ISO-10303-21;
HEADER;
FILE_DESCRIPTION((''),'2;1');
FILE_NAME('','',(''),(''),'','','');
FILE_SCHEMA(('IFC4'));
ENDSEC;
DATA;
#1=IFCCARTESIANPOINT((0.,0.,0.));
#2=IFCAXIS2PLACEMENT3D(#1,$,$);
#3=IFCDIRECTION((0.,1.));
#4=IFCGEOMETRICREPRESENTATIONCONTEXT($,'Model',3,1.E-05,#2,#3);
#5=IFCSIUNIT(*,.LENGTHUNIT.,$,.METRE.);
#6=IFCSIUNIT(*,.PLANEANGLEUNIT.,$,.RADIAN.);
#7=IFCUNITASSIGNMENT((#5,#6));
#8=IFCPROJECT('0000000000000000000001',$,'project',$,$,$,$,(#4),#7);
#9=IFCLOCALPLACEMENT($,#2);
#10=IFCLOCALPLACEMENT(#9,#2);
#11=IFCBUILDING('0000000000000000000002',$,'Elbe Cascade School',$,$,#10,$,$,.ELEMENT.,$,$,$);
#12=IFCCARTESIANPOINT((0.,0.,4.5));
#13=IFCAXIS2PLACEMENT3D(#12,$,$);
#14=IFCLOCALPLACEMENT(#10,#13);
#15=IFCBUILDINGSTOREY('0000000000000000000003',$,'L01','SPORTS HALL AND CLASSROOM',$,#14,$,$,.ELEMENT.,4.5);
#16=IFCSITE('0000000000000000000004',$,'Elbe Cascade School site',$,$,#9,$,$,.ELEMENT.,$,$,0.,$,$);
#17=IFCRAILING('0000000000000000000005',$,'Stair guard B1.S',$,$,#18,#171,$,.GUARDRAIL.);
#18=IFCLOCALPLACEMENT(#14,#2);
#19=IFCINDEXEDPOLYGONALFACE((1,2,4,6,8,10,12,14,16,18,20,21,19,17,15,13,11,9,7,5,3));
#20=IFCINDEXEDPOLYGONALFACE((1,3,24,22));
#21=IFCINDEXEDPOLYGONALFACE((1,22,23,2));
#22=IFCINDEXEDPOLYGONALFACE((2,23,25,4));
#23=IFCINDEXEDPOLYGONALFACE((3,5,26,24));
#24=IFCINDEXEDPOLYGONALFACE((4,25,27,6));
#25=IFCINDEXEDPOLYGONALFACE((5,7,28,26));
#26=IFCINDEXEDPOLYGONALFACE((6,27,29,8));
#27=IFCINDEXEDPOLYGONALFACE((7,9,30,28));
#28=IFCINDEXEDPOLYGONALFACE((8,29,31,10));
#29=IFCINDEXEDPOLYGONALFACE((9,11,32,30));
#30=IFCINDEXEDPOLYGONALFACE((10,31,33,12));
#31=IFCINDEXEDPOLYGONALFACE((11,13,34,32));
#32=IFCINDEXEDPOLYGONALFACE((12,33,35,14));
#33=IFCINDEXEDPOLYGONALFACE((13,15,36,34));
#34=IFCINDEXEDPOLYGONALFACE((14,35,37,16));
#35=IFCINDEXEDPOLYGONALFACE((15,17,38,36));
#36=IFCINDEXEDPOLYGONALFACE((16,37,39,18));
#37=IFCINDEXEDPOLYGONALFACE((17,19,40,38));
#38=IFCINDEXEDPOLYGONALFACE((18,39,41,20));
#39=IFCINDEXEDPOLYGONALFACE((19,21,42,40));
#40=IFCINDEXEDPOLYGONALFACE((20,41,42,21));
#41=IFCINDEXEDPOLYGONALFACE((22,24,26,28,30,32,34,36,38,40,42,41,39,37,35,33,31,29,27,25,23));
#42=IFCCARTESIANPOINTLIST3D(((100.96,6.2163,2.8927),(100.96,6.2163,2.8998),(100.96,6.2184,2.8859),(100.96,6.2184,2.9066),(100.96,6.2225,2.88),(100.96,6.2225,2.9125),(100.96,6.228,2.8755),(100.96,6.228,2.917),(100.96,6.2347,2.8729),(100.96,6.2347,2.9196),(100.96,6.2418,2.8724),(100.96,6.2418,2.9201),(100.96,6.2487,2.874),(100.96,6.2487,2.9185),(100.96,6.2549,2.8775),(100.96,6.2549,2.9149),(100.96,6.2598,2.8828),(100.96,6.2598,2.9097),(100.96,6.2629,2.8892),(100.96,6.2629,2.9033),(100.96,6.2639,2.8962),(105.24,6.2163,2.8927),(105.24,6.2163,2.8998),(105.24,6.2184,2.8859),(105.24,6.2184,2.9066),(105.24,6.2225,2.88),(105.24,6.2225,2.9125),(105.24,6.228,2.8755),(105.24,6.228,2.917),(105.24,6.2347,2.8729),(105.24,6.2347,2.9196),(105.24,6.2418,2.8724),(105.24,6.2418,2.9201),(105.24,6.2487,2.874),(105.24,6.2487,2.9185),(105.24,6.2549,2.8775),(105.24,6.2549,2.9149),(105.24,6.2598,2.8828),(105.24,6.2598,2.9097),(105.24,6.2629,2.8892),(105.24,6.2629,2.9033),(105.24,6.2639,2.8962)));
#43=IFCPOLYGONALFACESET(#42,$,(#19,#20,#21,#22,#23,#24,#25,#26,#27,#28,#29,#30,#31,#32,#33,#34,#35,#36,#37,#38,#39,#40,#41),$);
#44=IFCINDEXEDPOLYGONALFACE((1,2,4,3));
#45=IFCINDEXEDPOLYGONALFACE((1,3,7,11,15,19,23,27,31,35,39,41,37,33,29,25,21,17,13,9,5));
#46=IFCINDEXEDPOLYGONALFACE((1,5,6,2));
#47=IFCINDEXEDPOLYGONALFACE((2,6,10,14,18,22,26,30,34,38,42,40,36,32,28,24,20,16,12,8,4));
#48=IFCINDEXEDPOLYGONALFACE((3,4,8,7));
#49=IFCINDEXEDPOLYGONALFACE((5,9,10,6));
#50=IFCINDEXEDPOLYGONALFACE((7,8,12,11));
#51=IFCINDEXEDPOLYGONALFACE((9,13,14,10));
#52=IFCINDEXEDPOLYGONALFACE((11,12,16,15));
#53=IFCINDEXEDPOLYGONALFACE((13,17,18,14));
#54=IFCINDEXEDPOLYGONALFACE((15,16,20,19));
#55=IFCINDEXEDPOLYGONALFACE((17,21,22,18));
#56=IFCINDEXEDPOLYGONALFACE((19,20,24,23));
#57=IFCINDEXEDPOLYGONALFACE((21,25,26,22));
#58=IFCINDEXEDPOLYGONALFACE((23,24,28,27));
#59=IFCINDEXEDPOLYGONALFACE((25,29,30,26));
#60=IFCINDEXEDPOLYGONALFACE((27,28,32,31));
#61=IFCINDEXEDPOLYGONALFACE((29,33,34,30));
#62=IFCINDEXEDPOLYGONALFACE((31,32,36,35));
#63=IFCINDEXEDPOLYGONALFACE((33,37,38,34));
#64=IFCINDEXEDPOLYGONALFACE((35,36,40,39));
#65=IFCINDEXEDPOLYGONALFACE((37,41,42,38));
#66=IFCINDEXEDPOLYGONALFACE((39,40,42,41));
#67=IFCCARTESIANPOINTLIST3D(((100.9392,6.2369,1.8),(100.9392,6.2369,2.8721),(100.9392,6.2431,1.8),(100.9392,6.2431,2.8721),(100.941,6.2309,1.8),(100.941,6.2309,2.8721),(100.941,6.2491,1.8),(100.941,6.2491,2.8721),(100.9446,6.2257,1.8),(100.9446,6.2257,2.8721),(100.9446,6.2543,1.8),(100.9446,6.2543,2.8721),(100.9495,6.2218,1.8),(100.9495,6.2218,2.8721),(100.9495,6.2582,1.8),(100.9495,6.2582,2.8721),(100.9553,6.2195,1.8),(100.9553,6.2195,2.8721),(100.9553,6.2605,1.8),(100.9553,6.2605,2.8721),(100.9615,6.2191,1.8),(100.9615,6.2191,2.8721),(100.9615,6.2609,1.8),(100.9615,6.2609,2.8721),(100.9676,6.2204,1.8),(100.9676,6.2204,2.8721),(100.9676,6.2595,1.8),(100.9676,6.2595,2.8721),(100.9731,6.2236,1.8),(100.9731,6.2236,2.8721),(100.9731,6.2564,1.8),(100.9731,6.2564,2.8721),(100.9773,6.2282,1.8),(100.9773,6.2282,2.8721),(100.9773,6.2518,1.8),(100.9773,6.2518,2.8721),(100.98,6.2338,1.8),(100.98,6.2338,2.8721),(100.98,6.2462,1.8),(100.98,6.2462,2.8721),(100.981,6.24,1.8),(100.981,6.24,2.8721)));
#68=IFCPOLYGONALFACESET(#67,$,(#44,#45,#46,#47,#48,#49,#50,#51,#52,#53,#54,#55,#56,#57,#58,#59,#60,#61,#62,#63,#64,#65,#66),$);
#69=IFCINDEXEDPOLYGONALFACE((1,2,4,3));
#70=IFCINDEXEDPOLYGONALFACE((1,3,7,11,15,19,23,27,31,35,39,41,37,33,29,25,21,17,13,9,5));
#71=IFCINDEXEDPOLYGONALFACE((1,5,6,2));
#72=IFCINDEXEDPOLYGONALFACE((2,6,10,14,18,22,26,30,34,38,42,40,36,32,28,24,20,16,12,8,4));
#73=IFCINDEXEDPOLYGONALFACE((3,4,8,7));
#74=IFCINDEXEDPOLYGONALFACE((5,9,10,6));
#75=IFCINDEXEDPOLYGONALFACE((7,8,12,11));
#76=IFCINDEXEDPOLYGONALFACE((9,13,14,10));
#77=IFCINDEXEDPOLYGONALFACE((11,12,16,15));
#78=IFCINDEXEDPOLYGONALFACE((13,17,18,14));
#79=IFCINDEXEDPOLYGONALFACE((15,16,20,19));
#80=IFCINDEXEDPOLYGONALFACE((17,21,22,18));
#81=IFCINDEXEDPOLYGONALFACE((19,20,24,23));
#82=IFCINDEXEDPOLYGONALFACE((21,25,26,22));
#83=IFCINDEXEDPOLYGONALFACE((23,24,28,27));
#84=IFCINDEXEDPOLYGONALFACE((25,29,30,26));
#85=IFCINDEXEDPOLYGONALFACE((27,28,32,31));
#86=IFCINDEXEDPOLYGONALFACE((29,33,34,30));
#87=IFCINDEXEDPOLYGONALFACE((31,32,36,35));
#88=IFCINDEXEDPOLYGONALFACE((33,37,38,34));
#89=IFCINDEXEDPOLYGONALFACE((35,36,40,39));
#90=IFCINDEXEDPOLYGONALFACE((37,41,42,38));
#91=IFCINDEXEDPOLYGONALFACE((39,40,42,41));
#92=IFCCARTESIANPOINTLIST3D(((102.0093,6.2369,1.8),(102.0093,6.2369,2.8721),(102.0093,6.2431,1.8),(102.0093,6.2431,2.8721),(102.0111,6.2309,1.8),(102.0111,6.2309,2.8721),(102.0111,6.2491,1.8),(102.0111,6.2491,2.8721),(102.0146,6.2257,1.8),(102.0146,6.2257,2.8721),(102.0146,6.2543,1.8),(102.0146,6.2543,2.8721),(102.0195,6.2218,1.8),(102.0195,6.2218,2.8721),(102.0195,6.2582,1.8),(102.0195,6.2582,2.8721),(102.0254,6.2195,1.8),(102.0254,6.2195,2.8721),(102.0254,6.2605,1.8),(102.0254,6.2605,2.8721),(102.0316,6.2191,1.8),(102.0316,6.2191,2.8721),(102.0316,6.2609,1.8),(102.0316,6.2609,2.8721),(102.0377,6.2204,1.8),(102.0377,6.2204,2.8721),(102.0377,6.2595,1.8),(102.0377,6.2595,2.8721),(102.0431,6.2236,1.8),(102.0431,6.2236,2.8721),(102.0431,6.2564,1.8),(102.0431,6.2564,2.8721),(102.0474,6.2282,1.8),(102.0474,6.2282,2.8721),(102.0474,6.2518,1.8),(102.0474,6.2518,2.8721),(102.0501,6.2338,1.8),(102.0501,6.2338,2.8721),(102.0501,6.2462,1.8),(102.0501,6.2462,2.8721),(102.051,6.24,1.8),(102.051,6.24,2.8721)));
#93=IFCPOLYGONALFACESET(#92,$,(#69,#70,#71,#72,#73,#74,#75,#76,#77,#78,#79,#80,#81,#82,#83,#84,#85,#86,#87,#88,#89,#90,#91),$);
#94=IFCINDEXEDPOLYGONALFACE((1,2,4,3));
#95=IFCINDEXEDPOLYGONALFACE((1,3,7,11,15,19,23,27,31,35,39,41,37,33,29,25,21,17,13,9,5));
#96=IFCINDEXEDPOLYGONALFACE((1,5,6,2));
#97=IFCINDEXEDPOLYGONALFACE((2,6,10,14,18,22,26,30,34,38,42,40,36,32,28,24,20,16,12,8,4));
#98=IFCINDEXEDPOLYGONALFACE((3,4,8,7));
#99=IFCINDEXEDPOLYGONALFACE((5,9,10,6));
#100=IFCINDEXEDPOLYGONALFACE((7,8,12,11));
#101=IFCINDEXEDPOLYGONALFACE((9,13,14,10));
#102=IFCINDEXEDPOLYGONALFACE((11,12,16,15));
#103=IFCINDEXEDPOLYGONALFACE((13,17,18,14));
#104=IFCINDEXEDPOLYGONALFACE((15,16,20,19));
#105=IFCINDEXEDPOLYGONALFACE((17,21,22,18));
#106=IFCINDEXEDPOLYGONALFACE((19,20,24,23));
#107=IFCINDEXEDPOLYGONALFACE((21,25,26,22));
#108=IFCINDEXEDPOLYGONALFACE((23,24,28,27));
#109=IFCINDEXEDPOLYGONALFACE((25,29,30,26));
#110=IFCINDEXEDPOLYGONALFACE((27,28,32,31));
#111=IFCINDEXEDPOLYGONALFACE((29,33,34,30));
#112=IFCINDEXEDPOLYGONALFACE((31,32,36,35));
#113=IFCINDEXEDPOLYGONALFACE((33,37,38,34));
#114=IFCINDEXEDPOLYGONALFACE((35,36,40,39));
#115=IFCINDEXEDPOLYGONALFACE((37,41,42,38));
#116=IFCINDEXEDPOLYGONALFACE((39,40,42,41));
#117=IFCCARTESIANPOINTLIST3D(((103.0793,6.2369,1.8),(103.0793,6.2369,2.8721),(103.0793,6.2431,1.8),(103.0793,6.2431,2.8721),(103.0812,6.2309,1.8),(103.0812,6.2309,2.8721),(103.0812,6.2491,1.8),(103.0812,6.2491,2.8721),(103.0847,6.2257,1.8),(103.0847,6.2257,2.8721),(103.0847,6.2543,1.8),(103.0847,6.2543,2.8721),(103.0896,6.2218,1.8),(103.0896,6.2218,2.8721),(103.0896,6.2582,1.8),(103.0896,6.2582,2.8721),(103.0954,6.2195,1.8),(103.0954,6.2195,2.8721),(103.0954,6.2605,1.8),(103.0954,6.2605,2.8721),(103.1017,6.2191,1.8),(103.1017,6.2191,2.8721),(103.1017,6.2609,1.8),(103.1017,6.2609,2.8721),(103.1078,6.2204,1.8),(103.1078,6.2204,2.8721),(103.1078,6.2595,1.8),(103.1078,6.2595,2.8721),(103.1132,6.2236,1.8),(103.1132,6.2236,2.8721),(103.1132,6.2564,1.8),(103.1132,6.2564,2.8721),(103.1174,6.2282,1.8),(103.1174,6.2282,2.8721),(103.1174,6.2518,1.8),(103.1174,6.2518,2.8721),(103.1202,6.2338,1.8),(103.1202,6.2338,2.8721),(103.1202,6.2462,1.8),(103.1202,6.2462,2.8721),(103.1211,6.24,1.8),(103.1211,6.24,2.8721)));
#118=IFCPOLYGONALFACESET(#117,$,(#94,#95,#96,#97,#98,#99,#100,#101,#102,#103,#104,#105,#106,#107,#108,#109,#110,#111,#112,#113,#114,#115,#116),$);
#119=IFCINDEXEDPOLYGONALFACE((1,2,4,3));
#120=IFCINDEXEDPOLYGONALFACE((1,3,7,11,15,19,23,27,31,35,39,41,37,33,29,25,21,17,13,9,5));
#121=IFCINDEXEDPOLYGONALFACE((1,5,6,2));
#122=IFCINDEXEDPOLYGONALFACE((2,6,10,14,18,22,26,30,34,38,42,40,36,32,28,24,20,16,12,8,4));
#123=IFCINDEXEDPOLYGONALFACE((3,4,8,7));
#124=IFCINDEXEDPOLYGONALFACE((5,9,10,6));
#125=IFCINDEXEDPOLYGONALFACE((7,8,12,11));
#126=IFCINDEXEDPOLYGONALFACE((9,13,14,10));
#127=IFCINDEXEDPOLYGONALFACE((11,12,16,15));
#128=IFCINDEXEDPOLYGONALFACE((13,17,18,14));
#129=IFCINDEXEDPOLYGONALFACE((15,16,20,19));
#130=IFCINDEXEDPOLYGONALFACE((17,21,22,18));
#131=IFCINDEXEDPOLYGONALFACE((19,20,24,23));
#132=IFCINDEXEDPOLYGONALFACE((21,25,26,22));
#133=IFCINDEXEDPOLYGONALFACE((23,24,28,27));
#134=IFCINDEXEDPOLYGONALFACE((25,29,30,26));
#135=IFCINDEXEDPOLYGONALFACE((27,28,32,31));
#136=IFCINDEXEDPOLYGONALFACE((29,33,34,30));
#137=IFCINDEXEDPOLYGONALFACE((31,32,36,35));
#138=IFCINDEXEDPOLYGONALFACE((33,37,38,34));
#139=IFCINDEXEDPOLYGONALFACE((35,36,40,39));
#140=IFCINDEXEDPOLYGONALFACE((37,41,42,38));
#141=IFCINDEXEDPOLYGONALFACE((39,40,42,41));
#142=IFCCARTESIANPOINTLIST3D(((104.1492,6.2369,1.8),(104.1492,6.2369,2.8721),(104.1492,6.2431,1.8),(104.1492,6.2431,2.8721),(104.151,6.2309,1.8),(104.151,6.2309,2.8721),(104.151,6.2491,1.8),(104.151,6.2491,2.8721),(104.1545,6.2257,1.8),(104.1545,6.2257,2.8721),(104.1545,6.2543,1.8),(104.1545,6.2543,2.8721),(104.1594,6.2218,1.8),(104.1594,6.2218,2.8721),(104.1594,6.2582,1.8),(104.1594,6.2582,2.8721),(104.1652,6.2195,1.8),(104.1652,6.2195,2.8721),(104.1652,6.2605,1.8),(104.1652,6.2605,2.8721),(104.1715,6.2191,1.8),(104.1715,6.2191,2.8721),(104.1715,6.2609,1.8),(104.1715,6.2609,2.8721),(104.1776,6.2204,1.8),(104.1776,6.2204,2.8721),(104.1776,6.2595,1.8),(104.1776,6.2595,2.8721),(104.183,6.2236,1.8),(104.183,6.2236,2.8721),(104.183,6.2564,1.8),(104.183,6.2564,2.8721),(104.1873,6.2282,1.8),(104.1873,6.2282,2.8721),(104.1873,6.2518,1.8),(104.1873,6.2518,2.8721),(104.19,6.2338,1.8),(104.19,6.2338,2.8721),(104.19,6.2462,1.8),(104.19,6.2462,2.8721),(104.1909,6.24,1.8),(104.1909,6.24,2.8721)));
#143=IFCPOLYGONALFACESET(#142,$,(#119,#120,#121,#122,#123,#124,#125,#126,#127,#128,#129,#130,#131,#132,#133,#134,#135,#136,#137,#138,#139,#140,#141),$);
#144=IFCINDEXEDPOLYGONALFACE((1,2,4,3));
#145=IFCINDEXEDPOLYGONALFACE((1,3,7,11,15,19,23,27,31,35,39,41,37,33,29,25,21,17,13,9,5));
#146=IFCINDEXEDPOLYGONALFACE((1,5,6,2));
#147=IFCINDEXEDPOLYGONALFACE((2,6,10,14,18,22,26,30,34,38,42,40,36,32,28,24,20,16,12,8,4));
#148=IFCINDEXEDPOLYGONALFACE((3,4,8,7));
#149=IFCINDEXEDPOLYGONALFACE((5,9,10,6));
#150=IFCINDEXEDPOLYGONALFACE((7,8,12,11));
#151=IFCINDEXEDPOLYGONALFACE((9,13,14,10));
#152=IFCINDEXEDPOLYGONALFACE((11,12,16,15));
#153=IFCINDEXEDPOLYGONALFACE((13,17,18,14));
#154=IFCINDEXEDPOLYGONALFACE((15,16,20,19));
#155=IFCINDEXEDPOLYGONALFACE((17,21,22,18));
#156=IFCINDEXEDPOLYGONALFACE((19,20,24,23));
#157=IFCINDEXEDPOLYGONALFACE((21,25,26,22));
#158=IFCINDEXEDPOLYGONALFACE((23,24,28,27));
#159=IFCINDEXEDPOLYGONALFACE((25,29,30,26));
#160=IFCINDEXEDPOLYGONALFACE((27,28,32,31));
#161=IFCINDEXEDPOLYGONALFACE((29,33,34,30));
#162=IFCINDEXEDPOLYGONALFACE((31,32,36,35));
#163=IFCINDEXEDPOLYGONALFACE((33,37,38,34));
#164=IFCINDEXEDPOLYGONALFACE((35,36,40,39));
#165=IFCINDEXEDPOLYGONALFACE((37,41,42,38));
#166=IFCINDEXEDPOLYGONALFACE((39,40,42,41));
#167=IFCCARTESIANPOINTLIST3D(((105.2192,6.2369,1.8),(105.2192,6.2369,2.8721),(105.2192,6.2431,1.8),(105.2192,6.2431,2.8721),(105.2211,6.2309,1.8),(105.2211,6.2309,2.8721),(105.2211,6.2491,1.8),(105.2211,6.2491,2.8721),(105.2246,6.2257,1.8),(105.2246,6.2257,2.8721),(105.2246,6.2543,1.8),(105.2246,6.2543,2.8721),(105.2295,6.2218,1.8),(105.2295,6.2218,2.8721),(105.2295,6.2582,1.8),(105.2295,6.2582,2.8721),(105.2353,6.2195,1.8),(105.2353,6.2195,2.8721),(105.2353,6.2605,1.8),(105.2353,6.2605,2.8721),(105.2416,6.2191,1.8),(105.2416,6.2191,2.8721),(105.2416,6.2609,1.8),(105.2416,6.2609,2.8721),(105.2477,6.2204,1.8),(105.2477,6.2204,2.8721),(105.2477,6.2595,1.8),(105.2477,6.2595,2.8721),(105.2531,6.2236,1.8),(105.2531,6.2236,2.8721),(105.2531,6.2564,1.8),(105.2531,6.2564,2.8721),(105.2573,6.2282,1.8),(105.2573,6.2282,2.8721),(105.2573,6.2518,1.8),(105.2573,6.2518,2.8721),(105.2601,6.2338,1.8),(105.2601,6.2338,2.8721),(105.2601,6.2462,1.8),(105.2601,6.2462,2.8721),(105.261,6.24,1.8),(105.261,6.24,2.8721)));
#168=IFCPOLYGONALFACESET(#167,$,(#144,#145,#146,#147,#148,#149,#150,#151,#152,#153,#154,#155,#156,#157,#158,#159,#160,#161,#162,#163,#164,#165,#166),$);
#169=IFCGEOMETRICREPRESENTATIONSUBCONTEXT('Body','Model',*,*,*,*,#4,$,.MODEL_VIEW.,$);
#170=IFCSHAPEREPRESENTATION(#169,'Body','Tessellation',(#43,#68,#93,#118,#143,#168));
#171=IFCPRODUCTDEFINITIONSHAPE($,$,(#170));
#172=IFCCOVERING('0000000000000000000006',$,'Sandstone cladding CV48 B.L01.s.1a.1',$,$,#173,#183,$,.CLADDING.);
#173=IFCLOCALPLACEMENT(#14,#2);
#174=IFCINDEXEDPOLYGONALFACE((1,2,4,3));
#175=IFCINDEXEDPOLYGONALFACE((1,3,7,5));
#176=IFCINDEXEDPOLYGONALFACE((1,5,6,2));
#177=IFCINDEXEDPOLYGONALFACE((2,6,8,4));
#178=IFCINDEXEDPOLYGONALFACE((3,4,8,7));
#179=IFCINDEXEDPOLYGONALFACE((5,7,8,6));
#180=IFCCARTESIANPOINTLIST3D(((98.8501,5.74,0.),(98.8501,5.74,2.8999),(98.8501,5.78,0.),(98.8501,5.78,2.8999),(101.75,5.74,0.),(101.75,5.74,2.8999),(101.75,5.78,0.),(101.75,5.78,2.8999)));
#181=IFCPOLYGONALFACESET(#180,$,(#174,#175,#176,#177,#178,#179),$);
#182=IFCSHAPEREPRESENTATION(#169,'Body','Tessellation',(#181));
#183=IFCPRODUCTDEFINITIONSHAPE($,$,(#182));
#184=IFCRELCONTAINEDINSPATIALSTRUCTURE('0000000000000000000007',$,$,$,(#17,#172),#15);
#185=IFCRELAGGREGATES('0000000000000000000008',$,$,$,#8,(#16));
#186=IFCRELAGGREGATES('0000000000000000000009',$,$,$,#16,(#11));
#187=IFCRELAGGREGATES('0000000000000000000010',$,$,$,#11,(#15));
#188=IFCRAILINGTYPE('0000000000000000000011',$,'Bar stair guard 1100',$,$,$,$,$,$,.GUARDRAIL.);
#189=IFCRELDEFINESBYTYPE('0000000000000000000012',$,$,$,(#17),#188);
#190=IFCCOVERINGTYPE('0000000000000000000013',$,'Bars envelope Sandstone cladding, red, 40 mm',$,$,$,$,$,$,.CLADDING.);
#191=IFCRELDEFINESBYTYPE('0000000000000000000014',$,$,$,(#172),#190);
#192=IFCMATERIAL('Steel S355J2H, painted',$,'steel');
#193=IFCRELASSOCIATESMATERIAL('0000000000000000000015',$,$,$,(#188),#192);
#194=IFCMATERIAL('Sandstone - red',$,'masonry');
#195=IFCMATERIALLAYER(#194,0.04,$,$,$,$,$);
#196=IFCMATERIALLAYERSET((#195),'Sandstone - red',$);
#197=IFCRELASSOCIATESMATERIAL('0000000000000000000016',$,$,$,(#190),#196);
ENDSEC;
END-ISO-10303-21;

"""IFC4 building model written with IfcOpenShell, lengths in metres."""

from ifc_helpers import new_model, si_unit, direction, frame, origin, origin_2d, place, context, subcontext, project, spatial, rectangle, circle, extrude, material, layer, layer_set, type_object, element, save


model = new_model("IFC4")

# Units and contexts
model_context = context("Model", 3, precision=1e-05, world=origin(), true_north=direction((0.0, 1.0)))
body_context = subcontext(model_context, "Body", "Model", "MODEL_VIEW")
ifc_project = project(units=[si_unit("LENGTHUNIT", "METRE"), si_unit("PLANEANGLEUNIT", "RADIAN")], contexts=[model_context])

# Site, building, storey
site_placement = place(None, origin())
site = spatial("IfcSite", under=ifc_project, at=site_placement, Name="Elbe Cascade School site", CompositionType="ELEMENT", RefElevation=0.0)
building_placement = place(site_placement, origin())
building = spatial("IfcBuilding", under=site, at=building_placement, Name="Elbe Cascade School", CompositionType="ELEMENT")
storey_placement = place(building_placement, frame((0.0, 0.0, 4.5)))
storey = spatial("IfcBuildingStorey", under=building, at=storey_placement, Name="L01", Description="SPORTS HALL AND CLASSROOM", CompositionType="ELEMENT", Elevation=4.5)

# Railing
ifc_material_1 = material(Name="Steel S355J2H, painted", Category="steel")
railing_type = type_object("IfcRailingType", Name="Bar stair guard 1100", PredefinedType="GUARDRAIL", material=ifc_material_1)
railing_placement = place(storey_placement, frame((100.96, 6.24, 1.8)))
element("IfcRailing", 1, at=railing_placement, inside=storey, type_object=railing_type, Name="Stair guard B1.S", PredefinedType="GUARDRAIL", context=body_context, shape_type="SweptSolid", body=[
    extrude(circle(Radius=0.0239, at=origin_2d()), frame((0.0, 0.0, 1.0962), z_axis=(1.0, 0.0, 0.0), x_axis=(0.0, 1.0, 0.0)), (0.0, 0.0, 1.0), 4.28),
    extrude(circle(Radius=0.021, at=origin_2d()), origin(), (0.0, 0.0, 1.0), 1.072),
    extrude(circle(Radius=0.021, at=origin_2d()), frame((1.0701, 0.0, 0.0)), (0.0, 0.0, 1.0), 1.072),
    extrude(circle(Radius=0.021, at=origin_2d()), frame((2.1401, 0.0, 0.0)), (0.0, 0.0, 1.0), 1.072),
    extrude(circle(Radius=0.021, at=origin_2d()), frame((3.21, 0.0, 0.0)), (0.0, 0.0, 1.0), 1.072),
    extrude(circle(Radius=0.021, at=origin_2d()), frame((4.28, 0.0, 0.0)), (0.0, 0.0, 1.0), 1.072),
])

# Covering
ifc_material_2 = material(Name="Sandstone - red", Category="masonry")
ifc_layer_1 = layer(ifc_material_2, 0.04)
ifc_layer_set_1 = layer_set([ifc_layer_1], Name="Sandstone - red")
covering_type = type_object("IfcCoveringType", Name="Bars envelope Sandstone cladding, red, 40 mm", PredefinedType="CLADDING", material=ifc_layer_set_1)
covering_placement = place(storey_placement, frame((100.3, 5.76, 0.0), z_axis=(0.0, 0.0, 1.0), x_axis=(1.0, 0.0, 0.0)))
element("IfcCovering", 2, at=covering_placement, inside=storey, type_object=covering_type, Name="Sandstone cladding CV48 B.L01.s.1a.1", PredefinedType="CLADDING", context=body_context, shape_type="SweptSolid", body=[
    extrude(rectangle(XDim=2.8999, YDim=0.04, at=origin_2d()), origin(), (0.0, 0.0, 1.0), 2.8999),
])

save(model, "model.ifc")
